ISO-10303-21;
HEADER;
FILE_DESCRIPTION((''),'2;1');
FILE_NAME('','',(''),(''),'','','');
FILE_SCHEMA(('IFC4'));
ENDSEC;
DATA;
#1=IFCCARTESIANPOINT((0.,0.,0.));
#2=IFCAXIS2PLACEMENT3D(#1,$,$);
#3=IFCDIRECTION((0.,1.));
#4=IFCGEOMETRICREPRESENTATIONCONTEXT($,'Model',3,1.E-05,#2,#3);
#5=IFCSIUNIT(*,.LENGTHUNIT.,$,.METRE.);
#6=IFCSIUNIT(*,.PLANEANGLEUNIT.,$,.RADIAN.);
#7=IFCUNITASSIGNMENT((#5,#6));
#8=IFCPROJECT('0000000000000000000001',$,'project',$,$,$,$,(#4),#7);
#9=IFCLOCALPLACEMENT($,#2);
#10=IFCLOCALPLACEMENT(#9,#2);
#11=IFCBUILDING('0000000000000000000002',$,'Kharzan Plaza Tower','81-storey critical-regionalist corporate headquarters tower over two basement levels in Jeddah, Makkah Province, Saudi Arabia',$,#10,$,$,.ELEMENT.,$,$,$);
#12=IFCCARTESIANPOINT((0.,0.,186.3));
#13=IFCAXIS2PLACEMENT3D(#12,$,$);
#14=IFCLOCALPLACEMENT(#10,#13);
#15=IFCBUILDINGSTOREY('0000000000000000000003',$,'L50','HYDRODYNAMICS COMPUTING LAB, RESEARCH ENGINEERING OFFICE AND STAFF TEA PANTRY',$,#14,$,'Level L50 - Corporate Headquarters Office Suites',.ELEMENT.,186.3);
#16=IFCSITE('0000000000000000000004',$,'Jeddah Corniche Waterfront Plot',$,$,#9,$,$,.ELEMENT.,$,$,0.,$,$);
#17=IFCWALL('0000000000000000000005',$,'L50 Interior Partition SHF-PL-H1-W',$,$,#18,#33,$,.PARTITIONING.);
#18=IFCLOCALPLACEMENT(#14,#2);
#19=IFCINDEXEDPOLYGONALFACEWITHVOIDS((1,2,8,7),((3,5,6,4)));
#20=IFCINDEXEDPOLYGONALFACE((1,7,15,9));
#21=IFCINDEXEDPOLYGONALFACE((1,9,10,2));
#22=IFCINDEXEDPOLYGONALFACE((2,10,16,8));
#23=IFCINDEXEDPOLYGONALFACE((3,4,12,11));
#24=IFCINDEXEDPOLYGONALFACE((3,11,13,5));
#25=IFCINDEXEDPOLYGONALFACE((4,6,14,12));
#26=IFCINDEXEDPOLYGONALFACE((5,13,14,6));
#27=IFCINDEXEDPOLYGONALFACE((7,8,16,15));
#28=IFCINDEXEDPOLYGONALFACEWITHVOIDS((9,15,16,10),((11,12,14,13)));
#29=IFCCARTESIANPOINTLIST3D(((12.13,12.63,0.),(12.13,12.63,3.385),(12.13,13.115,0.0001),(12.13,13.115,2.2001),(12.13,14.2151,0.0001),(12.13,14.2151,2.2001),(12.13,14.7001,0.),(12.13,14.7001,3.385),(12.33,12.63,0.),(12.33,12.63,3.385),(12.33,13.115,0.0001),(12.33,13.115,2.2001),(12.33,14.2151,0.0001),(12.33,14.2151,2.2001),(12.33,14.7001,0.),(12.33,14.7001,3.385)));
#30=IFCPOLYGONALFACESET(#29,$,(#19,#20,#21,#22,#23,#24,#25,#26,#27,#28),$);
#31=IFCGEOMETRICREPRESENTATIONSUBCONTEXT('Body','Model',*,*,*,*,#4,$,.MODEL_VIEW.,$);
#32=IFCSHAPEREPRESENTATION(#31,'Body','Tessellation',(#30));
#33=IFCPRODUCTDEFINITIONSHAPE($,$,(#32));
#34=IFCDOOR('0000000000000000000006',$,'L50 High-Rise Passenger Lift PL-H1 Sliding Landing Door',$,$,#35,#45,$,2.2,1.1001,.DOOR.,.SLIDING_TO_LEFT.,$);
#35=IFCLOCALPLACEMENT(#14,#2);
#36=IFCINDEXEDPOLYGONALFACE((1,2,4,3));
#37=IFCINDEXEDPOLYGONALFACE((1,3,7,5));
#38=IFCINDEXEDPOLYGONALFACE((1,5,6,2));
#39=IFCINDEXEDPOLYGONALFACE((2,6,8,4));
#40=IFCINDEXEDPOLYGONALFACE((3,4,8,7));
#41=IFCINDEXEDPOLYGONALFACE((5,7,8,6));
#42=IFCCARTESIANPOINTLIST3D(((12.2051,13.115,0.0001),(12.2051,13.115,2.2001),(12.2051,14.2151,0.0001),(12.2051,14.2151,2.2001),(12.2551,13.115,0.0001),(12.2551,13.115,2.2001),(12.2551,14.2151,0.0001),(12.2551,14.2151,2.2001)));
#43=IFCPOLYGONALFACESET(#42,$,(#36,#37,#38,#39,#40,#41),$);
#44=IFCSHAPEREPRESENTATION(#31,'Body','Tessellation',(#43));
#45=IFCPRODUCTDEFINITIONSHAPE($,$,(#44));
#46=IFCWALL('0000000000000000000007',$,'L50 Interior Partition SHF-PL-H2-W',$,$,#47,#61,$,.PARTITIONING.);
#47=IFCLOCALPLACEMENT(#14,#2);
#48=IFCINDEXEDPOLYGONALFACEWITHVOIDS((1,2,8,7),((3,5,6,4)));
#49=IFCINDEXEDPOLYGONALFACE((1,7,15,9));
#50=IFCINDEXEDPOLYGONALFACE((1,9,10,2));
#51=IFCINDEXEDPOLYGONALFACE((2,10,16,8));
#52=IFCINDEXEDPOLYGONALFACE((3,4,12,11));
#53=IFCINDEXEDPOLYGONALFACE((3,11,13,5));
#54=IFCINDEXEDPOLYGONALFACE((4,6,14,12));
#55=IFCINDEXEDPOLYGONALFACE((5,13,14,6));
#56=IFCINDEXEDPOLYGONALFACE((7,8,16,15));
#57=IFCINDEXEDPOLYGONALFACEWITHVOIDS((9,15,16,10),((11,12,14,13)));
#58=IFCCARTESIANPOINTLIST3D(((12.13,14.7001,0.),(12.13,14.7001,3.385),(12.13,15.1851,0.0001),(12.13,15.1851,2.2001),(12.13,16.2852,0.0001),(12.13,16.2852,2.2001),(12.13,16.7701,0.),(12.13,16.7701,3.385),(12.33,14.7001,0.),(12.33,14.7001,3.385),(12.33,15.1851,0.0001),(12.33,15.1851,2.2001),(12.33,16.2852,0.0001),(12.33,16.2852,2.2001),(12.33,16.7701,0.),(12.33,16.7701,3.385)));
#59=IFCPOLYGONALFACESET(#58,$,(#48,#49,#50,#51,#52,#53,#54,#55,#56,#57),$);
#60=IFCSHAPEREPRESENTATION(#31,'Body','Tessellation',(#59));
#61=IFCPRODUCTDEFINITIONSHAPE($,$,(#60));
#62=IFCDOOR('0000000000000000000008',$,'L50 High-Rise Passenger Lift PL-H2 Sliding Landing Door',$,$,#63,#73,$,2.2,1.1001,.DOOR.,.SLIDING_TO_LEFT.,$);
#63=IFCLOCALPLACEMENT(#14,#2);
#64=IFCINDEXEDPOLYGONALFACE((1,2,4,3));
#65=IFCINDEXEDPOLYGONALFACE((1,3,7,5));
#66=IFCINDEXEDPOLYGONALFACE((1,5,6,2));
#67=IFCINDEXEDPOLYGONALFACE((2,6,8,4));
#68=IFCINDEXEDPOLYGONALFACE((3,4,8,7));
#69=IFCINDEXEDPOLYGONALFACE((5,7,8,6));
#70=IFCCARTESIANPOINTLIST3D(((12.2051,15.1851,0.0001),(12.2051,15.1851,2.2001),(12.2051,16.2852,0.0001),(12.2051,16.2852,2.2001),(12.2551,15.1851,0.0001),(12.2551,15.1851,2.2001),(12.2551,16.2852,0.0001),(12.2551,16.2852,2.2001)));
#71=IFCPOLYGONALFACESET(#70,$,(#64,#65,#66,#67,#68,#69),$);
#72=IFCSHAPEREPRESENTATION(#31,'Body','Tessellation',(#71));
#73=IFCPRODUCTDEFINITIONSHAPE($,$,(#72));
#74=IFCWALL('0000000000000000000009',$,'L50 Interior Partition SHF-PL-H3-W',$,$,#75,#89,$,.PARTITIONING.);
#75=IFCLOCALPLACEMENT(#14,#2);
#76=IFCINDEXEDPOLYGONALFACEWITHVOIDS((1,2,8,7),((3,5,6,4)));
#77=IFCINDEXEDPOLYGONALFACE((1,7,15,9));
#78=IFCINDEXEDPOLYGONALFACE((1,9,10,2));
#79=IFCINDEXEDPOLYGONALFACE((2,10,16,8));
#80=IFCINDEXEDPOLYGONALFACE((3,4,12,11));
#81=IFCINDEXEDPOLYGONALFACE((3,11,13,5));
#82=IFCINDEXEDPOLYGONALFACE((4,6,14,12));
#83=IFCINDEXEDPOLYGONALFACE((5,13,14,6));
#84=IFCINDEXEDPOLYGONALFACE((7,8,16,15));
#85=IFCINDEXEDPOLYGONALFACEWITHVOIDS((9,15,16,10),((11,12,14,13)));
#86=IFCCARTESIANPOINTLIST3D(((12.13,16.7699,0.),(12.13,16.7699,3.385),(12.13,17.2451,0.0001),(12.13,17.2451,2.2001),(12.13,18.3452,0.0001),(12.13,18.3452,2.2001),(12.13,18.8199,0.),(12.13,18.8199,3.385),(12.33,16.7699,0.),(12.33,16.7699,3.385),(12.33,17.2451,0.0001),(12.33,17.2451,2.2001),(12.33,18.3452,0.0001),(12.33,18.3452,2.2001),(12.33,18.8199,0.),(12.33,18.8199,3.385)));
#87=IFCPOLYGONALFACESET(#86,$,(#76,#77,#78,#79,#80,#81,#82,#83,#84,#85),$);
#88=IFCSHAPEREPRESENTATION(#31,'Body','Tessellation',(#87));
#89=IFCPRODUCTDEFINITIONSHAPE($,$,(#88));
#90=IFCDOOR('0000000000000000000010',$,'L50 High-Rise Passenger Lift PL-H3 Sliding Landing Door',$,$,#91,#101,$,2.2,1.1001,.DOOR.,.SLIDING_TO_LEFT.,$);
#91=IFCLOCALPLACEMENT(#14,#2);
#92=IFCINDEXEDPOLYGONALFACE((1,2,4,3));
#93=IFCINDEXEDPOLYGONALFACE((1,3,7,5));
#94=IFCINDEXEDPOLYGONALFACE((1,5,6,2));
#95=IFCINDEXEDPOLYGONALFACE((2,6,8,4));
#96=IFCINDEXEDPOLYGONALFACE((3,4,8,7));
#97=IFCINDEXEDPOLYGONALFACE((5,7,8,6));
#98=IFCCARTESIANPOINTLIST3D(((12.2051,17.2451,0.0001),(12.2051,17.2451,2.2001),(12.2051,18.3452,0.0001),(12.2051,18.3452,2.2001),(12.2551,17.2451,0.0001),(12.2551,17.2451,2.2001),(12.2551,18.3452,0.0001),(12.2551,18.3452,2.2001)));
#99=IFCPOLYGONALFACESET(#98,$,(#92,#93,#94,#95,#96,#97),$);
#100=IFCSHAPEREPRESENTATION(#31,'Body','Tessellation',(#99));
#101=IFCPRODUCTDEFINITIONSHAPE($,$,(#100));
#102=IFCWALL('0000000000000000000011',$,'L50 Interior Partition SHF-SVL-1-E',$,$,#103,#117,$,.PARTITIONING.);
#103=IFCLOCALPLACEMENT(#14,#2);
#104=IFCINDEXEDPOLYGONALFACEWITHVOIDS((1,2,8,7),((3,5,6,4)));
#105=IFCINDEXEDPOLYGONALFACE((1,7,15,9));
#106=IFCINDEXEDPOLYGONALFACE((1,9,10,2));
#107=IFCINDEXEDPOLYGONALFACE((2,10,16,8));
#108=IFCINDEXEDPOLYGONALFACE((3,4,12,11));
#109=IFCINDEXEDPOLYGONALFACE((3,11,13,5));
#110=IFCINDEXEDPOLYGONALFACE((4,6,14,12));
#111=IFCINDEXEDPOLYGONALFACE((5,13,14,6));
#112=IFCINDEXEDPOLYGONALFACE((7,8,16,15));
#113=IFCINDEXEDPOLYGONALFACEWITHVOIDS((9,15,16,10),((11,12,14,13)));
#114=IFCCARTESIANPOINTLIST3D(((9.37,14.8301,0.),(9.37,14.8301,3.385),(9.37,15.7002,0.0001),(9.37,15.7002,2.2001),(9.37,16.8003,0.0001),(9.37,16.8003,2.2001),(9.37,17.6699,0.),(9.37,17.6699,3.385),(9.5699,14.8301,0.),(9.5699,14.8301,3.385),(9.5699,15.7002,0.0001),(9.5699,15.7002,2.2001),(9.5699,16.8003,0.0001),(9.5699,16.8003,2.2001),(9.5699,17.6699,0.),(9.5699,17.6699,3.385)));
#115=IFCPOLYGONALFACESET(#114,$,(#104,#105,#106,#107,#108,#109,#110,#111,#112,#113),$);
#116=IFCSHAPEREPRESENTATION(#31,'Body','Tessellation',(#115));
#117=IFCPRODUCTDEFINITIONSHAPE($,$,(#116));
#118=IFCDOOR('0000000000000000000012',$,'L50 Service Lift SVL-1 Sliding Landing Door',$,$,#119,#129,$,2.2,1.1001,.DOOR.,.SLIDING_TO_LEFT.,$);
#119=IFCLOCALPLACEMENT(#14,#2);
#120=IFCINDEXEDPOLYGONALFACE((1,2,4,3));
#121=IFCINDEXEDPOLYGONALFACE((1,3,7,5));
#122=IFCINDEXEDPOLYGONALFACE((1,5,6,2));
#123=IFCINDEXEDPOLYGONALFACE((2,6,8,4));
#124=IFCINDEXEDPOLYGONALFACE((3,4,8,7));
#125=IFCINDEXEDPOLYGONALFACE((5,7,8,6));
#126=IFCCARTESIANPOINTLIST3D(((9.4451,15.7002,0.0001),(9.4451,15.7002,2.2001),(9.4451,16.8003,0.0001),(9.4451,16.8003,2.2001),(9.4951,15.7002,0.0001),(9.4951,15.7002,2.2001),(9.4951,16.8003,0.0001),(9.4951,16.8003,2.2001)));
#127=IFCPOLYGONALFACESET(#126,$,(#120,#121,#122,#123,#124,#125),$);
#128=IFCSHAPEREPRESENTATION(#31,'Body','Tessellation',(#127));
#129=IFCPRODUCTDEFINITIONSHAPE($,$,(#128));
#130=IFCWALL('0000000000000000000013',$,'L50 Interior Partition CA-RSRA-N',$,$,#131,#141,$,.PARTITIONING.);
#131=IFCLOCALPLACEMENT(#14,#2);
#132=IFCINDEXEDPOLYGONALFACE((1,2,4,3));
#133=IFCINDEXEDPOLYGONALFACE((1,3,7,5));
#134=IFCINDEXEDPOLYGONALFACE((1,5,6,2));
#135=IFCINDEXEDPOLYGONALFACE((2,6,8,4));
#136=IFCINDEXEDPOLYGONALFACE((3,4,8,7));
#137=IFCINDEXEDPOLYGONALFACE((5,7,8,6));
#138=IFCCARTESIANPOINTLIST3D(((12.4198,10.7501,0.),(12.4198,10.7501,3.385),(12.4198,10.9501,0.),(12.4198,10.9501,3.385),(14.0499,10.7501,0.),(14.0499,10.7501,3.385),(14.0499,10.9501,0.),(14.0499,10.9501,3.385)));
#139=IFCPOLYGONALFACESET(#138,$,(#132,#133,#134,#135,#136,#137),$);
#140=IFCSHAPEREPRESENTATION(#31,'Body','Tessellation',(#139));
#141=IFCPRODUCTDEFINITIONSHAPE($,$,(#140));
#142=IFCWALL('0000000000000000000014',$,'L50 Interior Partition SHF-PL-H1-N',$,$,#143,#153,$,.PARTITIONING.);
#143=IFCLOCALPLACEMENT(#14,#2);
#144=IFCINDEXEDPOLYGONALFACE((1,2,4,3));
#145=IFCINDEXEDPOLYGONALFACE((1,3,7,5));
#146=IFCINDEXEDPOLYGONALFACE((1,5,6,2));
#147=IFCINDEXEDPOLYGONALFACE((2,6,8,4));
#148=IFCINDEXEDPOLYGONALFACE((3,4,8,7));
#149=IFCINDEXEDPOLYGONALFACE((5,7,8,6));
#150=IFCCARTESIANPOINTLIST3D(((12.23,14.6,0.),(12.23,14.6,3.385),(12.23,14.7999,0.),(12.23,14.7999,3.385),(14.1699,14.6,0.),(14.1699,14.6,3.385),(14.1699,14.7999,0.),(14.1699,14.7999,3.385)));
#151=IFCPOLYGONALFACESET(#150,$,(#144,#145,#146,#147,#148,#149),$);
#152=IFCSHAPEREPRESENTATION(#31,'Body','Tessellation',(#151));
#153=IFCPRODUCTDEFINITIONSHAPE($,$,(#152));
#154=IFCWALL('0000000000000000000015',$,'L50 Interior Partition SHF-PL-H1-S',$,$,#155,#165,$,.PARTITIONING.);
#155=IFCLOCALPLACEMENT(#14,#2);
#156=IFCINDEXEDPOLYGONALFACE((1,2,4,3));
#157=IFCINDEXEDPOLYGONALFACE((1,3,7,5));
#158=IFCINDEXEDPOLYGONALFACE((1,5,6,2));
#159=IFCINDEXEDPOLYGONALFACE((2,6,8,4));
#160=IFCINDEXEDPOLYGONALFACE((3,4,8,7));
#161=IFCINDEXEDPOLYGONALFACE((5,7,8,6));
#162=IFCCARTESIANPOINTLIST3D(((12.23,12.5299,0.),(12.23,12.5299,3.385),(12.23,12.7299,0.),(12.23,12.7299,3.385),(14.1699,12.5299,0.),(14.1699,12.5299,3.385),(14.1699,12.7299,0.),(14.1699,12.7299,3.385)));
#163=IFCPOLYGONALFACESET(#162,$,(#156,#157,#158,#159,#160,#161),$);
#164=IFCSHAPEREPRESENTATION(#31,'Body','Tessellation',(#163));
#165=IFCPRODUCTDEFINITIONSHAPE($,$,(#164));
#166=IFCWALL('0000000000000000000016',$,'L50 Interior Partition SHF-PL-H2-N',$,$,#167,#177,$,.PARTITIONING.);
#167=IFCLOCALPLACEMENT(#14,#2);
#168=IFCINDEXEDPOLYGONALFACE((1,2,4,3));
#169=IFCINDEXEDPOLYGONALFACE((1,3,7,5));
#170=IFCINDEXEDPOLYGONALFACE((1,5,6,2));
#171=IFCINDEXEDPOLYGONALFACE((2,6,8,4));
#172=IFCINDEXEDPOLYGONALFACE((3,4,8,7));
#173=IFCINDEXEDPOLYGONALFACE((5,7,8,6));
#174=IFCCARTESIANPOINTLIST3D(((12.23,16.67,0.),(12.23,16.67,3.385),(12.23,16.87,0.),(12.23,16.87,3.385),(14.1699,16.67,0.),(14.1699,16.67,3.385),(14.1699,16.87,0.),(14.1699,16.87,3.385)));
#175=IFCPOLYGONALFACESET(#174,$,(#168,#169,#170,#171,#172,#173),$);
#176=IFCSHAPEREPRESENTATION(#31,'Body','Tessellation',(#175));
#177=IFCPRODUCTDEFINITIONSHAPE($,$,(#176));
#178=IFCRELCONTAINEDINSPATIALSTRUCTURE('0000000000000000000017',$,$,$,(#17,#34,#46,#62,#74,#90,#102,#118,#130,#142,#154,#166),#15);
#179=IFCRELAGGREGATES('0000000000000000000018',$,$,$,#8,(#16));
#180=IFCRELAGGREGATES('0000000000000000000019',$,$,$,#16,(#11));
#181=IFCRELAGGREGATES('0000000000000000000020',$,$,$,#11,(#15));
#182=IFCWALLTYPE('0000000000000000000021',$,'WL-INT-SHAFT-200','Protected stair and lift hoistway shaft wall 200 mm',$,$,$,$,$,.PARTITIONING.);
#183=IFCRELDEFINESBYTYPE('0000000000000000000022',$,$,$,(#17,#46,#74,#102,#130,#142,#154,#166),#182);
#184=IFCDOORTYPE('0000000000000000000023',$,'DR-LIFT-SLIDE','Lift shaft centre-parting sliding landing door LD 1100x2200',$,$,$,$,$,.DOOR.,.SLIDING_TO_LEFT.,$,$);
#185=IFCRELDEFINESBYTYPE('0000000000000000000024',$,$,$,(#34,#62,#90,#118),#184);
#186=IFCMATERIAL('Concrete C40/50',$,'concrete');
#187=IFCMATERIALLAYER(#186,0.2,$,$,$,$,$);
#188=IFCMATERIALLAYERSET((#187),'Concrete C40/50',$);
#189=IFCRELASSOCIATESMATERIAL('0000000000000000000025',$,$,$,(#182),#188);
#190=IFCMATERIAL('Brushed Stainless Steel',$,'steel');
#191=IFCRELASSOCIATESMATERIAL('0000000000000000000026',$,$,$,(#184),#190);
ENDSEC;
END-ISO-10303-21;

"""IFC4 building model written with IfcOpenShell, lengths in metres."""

from ifc_helpers import new_model, si_unit, direction, frame, frame_2d, origin, place, context, subcontext, project, spatial, rectangle, extrude, source, transform, mapped, material, layer, layer_set, type_object, element, fill, save


model = new_model("IFC4")

# Units and contexts
model_context = context("Model", 3, precision=1e-05, world=origin(), true_north=direction((0.0, 1.0)))
body_context = subcontext(model_context, "Body", "Model", "MODEL_VIEW")
ifc_project = project(units=[si_unit("LENGTHUNIT", "METRE"), si_unit("PLANEANGLEUNIT", "RADIAN")], contexts=[model_context])

# Site, building, storey
site_placement = place(None, origin())
site = spatial("IfcSite", under=ifc_project, at=site_placement, Name="Jeddah Corniche Waterfront Plot", CompositionType="ELEMENT", RefElevation=0.0)
building_placement = place(site_placement, origin())
building = spatial("IfcBuilding", under=site, at=building_placement, Name="Kharzan Plaza Tower", Description="81-storey critical-regionalist corporate headquarters tower over two basement levels in Jeddah, Makkah Province, Saudi Arabia", CompositionType="ELEMENT")
storey_placement = place(building_placement, frame((0.0, 0.0, 186.3)))
storey = spatial("IfcBuildingStorey", under=building, at=storey_placement, Name="L50", Description="HYDRODYNAMICS COMPUTING LAB, RESEARCH ENGINEERING OFFICE AND STAFF TEA PANTRY", LongName="Level L50 - Corporate Headquarters Office Suites", CompositionType="ELEMENT", Elevation=186.3)

# Walls, openings, doors
ifc_material_1 = material(Name="Concrete C40/50", Category="concrete")
ifc_layer_1 = layer(ifc_material_1, 0.2)
ifc_layer_set_1 = layer_set([ifc_layer_1], Name="Concrete C40/50")
wall_type_1 = type_object("IfcWallType", Name="WL-INT-SHAFT-200", Description="Protected stair and lift hoistway shaft wall 200 mm", PredefinedType="PARTITIONING", material=ifc_layer_set_1)
wall_1_placement = place(storey_placement, frame((12.23, 12.6299, 0.0), z_axis=(0.0, 0.0, 1.0), x_axis=(0.0, 1.0, 0.0)))
wall_1 = element("IfcWall", 1, at=wall_1_placement, inside=storey, type_object=wall_type_1, Name="L50 Interior Partition SHF-PL-H1-W", PredefinedType="PARTITIONING", context=body_context, shape_type="SweptSolid", body=[
    extrude(rectangle(XDim=2.0701, YDim=0.2, at=frame_2d((1.0352, 0.0))), origin(), (0.0, 0.0, 1.0), 3.385),
])
opening_1_placement = place(wall_1_placement, frame((0.4851, 0.0, 0.0)))
opening_1 = element("IfcOpeningElement", 2, at=opening_1_placement, cuts=wall_1, PredefinedType="OPENING", context=body_context, shape_type="SweptSolid", body=[
    extrude(rectangle(XDim=1.1001, YDim=2.2, at=frame_2d((0.55, 1.1001))), frame((0.0, 0.1099, 0.0), z_axis=(0.0, -1.0, 0.0), x_axis=(1.0, 0.0, 0.0)), (0.0, 0.0, 1.0), 0.22),
])
ifc_material_2 = material(Name="Brushed Stainless Steel", Category="steel")
door_type_1 = type_object("IfcDoorType", Name="DR-LIFT-SLIDE", Description="Lift shaft centre-parting sliding landing door LD 1100x2200", OperationType="SLIDING_TO_LEFT", PredefinedType="DOOR", material=ifc_material_2)
shared_shape_1 = source(origin(), body_context, "Body", "SweptSolid", [
    extrude(rectangle(XDim=1.1001, YDim=2.2, at=frame_2d((0.55, 1.1001))), frame((0.0, 0.0249, 0.0), z_axis=(0.0, -1.0, 0.0), x_axis=(1.0, 0.0, 0.0)), (0.0, 0.0, 1.0), 0.05),
])
door_1_placement = place(opening_1_placement, origin())
door_1 = element("IfcDoor", 3, at=door_1_placement, inside=storey, type_object=door_type_1, Name="L50 High-Rise Passenger Lift PL-H1 Sliding Landing Door", OperationType="SLIDING_TO_LEFT", OverallHeight=2.2, OverallWidth=1.1001, PredefinedType="DOOR", context=body_context, shape_type="MappedRepresentation", body=[
    mapped(shared_shape_1, transform((0.0, 0.0, 0.0), x_axis=(1.0, 0.0, 0.0), y_axis=(0.0, 1.0, 0.0), z_axis=(0.0, 0.0, 1.0))),
])
fill(opening_1, door_1)
wall_2_placement = place(storey_placement, frame((12.23, 14.7, 0.0), z_axis=(0.0, 0.0, 1.0), x_axis=(0.0, 1.0, 0.0)))
wall_2 = element("IfcWall", 4, at=wall_2_placement, inside=storey, type_object=wall_type_1, Name="L50 Interior Partition SHF-PL-H2-W", PredefinedType="PARTITIONING", context=body_context, shape_type="SweptSolid", body=[
    extrude(rectangle(XDim=2.0701, YDim=0.2, at=frame_2d((1.0352, 0.0))), origin(), (0.0, 0.0, 1.0), 3.385),
])
opening_2_placement = place(wall_2_placement, frame((0.4851, 0.0, 0.0)))
opening_2 = element("IfcOpeningElement", 5, at=opening_2_placement, cuts=wall_2, PredefinedType="OPENING", context=body_context, shape_type="SweptSolid", body=[
    extrude(rectangle(XDim=1.1001, YDim=2.2, at=frame_2d((0.55, 1.1001))), frame((0.0, 0.1099, 0.0), z_axis=(0.0, -1.0, 0.0), x_axis=(1.0, 0.0, 0.0)), (0.0, 0.0, 1.0), 0.22),
])
door_2_placement = place(opening_2_placement, origin())
door_2 = element("IfcDoor", 6, at=door_2_placement, inside=storey, type_object=door_type_1, Name="L50 High-Rise Passenger Lift PL-H2 Sliding Landing Door", OperationType="SLIDING_TO_LEFT", OverallHeight=2.2, OverallWidth=1.1001, PredefinedType="DOOR", context=body_context, shape_type="MappedRepresentation", body=[
    mapped(shared_shape_1, transform((0.0, 0.0, 0.0), x_axis=(1.0, 0.0, 0.0), y_axis=(0.0, 1.0, 0.0), z_axis=(0.0, 0.0, 1.0))),
])
fill(opening_2, door_2)
wall_3_placement = place(storey_placement, frame((12.23, 16.77, 0.0), z_axis=(0.0, 0.0, 1.0), x_axis=(0.0, 1.0, 0.0)))
wall_3 = element("IfcWall", 7, at=wall_3_placement, inside=storey, type_object=wall_type_1, Name="L50 Interior Partition SHF-PL-H3-W", PredefinedType="PARTITIONING", context=body_context, shape_type="SweptSolid", body=[
    extrude(rectangle(XDim=2.05, YDim=0.2, at=frame_2d((1.0249, 0.0))), origin(), (0.0, 0.0, 1.0), 3.385),
])
opening_3_placement = place(wall_3_placement, frame((0.4751, 0.0, 0.0)))
opening_3 = element("IfcOpeningElement", 8, at=opening_3_placement, cuts=wall_3, PredefinedType="OPENING", context=body_context, shape_type="SweptSolid", body=[
    extrude(rectangle(XDim=1.1001, YDim=2.2, at=frame_2d((0.55, 1.1001))), frame((0.0, 0.1099, 0.0), z_axis=(0.0, -1.0, 0.0), x_axis=(1.0, 0.0, 0.0)), (0.0, 0.0, 1.0), 0.22),
])
door_3_placement = place(opening_3_placement, origin())
door_3 = element("IfcDoor", 9, at=door_3_placement, inside=storey, type_object=door_type_1, Name="L50 High-Rise Passenger Lift PL-H3 Sliding Landing Door", OperationType="SLIDING_TO_LEFT", OverallHeight=2.2, OverallWidth=1.1001, PredefinedType="DOOR", context=body_context, shape_type="MappedRepresentation", body=[
    mapped(shared_shape_1, transform((0.0, 0.0, 0.0), x_axis=(1.0, 0.0, 0.0), y_axis=(0.0, 1.0, 0.0), z_axis=(0.0, 0.0, 1.0))),
])
fill(opening_3, door_3)
wall_4_placement = place(storey_placement, frame((9.47, 14.8301, 0.0), z_axis=(0.0, 0.0, 1.0), x_axis=(0.0, 1.0, 0.0)))
wall_4 = element("IfcWall", 10, at=wall_4_placement, inside=storey, type_object=wall_type_1, Name="L50 Interior Partition SHF-SVL-1-E", PredefinedType="PARTITIONING", context=body_context, shape_type="SweptSolid", body=[
    extrude(rectangle(XDim=2.8398, YDim=0.2, at=frame_2d((1.4199, 0.0))), origin(), (0.0, 0.0, 1.0), 3.385),
])
opening_4_placement = place(wall_4_placement, frame((0.8701, 0.0, 0.0)))
opening_4 = element("IfcOpeningElement", 11, at=opening_4_placement, cuts=wall_4, PredefinedType="OPENING", context=body_context, shape_type="SweptSolid", body=[
    extrude(rectangle(XDim=1.1001, YDim=2.2, at=frame_2d((0.55, 1.1001))), frame((0.0, 0.1099, 0.0), z_axis=(0.0, -1.0, 0.0), x_axis=(1.0, 0.0, 0.0)), (0.0, 0.0, 1.0), 0.22),
])
door_4_placement = place(opening_4_placement, origin())
door_4 = element("IfcDoor", 12, at=door_4_placement, inside=storey, type_object=door_type_1, Name="L50 Service Lift SVL-1 Sliding Landing Door", OperationType="SLIDING_TO_LEFT", OverallHeight=2.2, OverallWidth=1.1001, PredefinedType="DOOR", context=body_context, shape_type="MappedRepresentation", body=[
    mapped(shared_shape_1, transform((0.0, 0.0, 0.0), x_axis=(1.0, 0.0, 0.0), y_axis=(0.0, 1.0, 0.0), z_axis=(0.0, 0.0, 1.0))),
])
fill(opening_4, door_4)

# Walls
shared_shape_2 = source(origin(), body_context, "Body", "SweptSolid", [
    extrude(rectangle(XDim=1.6301, YDim=0.2, at=frame_2d((0.8149, 0.0))), origin(), (0.0, 0.0, 1.0), 3.385),
])
wall_5_placement = place(storey_placement, frame((12.4199, 10.8501, 0.0), z_axis=(0.0, 0.0, 1.0), x_axis=(1.0, 0.0, 0.0)))
element("IfcWall", 13, at=wall_5_placement, inside=storey, type_object=wall_type_1, Name="L50 Interior Partition CA-RSRA-N", PredefinedType="PARTITIONING", context=body_context, shape_type="MappedRepresentation", body=[
    mapped(shared_shape_2, transform((0.0, 0.0, 0.0), x_axis=(1.0, 0.0, 0.0), y_axis=(0.0, 1.0, 0.0), z_axis=(0.0, 0.0, 1.0))),
])
shared_shape_3 = source(origin(), body_context, "Body", "SweptSolid", [
    extrude(rectangle(XDim=1.9399, YDim=0.2, at=frame_2d((0.97, 0.0))), origin(), (0.0, 0.0, 1.0), 3.385),
])
for number, where, z_axis, x_axis, name in (
    (14, (12.23, 14.7, 0.0), (0.0, 0.0, 1.0), (1.0, 0.0, 0.0), "L50 Interior Partition SHF-PL-H1-N"),
    (15, (12.23, 12.6299, 0.0), (0.0, 0.0, 1.0), (1.0, 0.0, 0.0), "L50 Interior Partition SHF-PL-H1-S"),
    (16, (12.23, 16.77, 0.0), (0.0, 0.0, 1.0), (1.0, 0.0, 0.0), "L50 Interior Partition SHF-PL-H2-N"),
):
    element("IfcWall", number, at=place(storey_placement, frame(where, z_axis=z_axis, x_axis=x_axis)), inside=storey, type_object=wall_type_1, Name=name, PredefinedType="PARTITIONING", context=body_context, shape_type="MappedRepresentation", body=[
        mapped(shared_shape_3, transform((0.0, 0.0, 0.0), x_axis=(1.0, 0.0, 0.0), y_axis=(0.0, 1.0, 0.0), z_axis=(0.0, 0.0, 1.0))),
    ])

save(model, "model.ifc")
